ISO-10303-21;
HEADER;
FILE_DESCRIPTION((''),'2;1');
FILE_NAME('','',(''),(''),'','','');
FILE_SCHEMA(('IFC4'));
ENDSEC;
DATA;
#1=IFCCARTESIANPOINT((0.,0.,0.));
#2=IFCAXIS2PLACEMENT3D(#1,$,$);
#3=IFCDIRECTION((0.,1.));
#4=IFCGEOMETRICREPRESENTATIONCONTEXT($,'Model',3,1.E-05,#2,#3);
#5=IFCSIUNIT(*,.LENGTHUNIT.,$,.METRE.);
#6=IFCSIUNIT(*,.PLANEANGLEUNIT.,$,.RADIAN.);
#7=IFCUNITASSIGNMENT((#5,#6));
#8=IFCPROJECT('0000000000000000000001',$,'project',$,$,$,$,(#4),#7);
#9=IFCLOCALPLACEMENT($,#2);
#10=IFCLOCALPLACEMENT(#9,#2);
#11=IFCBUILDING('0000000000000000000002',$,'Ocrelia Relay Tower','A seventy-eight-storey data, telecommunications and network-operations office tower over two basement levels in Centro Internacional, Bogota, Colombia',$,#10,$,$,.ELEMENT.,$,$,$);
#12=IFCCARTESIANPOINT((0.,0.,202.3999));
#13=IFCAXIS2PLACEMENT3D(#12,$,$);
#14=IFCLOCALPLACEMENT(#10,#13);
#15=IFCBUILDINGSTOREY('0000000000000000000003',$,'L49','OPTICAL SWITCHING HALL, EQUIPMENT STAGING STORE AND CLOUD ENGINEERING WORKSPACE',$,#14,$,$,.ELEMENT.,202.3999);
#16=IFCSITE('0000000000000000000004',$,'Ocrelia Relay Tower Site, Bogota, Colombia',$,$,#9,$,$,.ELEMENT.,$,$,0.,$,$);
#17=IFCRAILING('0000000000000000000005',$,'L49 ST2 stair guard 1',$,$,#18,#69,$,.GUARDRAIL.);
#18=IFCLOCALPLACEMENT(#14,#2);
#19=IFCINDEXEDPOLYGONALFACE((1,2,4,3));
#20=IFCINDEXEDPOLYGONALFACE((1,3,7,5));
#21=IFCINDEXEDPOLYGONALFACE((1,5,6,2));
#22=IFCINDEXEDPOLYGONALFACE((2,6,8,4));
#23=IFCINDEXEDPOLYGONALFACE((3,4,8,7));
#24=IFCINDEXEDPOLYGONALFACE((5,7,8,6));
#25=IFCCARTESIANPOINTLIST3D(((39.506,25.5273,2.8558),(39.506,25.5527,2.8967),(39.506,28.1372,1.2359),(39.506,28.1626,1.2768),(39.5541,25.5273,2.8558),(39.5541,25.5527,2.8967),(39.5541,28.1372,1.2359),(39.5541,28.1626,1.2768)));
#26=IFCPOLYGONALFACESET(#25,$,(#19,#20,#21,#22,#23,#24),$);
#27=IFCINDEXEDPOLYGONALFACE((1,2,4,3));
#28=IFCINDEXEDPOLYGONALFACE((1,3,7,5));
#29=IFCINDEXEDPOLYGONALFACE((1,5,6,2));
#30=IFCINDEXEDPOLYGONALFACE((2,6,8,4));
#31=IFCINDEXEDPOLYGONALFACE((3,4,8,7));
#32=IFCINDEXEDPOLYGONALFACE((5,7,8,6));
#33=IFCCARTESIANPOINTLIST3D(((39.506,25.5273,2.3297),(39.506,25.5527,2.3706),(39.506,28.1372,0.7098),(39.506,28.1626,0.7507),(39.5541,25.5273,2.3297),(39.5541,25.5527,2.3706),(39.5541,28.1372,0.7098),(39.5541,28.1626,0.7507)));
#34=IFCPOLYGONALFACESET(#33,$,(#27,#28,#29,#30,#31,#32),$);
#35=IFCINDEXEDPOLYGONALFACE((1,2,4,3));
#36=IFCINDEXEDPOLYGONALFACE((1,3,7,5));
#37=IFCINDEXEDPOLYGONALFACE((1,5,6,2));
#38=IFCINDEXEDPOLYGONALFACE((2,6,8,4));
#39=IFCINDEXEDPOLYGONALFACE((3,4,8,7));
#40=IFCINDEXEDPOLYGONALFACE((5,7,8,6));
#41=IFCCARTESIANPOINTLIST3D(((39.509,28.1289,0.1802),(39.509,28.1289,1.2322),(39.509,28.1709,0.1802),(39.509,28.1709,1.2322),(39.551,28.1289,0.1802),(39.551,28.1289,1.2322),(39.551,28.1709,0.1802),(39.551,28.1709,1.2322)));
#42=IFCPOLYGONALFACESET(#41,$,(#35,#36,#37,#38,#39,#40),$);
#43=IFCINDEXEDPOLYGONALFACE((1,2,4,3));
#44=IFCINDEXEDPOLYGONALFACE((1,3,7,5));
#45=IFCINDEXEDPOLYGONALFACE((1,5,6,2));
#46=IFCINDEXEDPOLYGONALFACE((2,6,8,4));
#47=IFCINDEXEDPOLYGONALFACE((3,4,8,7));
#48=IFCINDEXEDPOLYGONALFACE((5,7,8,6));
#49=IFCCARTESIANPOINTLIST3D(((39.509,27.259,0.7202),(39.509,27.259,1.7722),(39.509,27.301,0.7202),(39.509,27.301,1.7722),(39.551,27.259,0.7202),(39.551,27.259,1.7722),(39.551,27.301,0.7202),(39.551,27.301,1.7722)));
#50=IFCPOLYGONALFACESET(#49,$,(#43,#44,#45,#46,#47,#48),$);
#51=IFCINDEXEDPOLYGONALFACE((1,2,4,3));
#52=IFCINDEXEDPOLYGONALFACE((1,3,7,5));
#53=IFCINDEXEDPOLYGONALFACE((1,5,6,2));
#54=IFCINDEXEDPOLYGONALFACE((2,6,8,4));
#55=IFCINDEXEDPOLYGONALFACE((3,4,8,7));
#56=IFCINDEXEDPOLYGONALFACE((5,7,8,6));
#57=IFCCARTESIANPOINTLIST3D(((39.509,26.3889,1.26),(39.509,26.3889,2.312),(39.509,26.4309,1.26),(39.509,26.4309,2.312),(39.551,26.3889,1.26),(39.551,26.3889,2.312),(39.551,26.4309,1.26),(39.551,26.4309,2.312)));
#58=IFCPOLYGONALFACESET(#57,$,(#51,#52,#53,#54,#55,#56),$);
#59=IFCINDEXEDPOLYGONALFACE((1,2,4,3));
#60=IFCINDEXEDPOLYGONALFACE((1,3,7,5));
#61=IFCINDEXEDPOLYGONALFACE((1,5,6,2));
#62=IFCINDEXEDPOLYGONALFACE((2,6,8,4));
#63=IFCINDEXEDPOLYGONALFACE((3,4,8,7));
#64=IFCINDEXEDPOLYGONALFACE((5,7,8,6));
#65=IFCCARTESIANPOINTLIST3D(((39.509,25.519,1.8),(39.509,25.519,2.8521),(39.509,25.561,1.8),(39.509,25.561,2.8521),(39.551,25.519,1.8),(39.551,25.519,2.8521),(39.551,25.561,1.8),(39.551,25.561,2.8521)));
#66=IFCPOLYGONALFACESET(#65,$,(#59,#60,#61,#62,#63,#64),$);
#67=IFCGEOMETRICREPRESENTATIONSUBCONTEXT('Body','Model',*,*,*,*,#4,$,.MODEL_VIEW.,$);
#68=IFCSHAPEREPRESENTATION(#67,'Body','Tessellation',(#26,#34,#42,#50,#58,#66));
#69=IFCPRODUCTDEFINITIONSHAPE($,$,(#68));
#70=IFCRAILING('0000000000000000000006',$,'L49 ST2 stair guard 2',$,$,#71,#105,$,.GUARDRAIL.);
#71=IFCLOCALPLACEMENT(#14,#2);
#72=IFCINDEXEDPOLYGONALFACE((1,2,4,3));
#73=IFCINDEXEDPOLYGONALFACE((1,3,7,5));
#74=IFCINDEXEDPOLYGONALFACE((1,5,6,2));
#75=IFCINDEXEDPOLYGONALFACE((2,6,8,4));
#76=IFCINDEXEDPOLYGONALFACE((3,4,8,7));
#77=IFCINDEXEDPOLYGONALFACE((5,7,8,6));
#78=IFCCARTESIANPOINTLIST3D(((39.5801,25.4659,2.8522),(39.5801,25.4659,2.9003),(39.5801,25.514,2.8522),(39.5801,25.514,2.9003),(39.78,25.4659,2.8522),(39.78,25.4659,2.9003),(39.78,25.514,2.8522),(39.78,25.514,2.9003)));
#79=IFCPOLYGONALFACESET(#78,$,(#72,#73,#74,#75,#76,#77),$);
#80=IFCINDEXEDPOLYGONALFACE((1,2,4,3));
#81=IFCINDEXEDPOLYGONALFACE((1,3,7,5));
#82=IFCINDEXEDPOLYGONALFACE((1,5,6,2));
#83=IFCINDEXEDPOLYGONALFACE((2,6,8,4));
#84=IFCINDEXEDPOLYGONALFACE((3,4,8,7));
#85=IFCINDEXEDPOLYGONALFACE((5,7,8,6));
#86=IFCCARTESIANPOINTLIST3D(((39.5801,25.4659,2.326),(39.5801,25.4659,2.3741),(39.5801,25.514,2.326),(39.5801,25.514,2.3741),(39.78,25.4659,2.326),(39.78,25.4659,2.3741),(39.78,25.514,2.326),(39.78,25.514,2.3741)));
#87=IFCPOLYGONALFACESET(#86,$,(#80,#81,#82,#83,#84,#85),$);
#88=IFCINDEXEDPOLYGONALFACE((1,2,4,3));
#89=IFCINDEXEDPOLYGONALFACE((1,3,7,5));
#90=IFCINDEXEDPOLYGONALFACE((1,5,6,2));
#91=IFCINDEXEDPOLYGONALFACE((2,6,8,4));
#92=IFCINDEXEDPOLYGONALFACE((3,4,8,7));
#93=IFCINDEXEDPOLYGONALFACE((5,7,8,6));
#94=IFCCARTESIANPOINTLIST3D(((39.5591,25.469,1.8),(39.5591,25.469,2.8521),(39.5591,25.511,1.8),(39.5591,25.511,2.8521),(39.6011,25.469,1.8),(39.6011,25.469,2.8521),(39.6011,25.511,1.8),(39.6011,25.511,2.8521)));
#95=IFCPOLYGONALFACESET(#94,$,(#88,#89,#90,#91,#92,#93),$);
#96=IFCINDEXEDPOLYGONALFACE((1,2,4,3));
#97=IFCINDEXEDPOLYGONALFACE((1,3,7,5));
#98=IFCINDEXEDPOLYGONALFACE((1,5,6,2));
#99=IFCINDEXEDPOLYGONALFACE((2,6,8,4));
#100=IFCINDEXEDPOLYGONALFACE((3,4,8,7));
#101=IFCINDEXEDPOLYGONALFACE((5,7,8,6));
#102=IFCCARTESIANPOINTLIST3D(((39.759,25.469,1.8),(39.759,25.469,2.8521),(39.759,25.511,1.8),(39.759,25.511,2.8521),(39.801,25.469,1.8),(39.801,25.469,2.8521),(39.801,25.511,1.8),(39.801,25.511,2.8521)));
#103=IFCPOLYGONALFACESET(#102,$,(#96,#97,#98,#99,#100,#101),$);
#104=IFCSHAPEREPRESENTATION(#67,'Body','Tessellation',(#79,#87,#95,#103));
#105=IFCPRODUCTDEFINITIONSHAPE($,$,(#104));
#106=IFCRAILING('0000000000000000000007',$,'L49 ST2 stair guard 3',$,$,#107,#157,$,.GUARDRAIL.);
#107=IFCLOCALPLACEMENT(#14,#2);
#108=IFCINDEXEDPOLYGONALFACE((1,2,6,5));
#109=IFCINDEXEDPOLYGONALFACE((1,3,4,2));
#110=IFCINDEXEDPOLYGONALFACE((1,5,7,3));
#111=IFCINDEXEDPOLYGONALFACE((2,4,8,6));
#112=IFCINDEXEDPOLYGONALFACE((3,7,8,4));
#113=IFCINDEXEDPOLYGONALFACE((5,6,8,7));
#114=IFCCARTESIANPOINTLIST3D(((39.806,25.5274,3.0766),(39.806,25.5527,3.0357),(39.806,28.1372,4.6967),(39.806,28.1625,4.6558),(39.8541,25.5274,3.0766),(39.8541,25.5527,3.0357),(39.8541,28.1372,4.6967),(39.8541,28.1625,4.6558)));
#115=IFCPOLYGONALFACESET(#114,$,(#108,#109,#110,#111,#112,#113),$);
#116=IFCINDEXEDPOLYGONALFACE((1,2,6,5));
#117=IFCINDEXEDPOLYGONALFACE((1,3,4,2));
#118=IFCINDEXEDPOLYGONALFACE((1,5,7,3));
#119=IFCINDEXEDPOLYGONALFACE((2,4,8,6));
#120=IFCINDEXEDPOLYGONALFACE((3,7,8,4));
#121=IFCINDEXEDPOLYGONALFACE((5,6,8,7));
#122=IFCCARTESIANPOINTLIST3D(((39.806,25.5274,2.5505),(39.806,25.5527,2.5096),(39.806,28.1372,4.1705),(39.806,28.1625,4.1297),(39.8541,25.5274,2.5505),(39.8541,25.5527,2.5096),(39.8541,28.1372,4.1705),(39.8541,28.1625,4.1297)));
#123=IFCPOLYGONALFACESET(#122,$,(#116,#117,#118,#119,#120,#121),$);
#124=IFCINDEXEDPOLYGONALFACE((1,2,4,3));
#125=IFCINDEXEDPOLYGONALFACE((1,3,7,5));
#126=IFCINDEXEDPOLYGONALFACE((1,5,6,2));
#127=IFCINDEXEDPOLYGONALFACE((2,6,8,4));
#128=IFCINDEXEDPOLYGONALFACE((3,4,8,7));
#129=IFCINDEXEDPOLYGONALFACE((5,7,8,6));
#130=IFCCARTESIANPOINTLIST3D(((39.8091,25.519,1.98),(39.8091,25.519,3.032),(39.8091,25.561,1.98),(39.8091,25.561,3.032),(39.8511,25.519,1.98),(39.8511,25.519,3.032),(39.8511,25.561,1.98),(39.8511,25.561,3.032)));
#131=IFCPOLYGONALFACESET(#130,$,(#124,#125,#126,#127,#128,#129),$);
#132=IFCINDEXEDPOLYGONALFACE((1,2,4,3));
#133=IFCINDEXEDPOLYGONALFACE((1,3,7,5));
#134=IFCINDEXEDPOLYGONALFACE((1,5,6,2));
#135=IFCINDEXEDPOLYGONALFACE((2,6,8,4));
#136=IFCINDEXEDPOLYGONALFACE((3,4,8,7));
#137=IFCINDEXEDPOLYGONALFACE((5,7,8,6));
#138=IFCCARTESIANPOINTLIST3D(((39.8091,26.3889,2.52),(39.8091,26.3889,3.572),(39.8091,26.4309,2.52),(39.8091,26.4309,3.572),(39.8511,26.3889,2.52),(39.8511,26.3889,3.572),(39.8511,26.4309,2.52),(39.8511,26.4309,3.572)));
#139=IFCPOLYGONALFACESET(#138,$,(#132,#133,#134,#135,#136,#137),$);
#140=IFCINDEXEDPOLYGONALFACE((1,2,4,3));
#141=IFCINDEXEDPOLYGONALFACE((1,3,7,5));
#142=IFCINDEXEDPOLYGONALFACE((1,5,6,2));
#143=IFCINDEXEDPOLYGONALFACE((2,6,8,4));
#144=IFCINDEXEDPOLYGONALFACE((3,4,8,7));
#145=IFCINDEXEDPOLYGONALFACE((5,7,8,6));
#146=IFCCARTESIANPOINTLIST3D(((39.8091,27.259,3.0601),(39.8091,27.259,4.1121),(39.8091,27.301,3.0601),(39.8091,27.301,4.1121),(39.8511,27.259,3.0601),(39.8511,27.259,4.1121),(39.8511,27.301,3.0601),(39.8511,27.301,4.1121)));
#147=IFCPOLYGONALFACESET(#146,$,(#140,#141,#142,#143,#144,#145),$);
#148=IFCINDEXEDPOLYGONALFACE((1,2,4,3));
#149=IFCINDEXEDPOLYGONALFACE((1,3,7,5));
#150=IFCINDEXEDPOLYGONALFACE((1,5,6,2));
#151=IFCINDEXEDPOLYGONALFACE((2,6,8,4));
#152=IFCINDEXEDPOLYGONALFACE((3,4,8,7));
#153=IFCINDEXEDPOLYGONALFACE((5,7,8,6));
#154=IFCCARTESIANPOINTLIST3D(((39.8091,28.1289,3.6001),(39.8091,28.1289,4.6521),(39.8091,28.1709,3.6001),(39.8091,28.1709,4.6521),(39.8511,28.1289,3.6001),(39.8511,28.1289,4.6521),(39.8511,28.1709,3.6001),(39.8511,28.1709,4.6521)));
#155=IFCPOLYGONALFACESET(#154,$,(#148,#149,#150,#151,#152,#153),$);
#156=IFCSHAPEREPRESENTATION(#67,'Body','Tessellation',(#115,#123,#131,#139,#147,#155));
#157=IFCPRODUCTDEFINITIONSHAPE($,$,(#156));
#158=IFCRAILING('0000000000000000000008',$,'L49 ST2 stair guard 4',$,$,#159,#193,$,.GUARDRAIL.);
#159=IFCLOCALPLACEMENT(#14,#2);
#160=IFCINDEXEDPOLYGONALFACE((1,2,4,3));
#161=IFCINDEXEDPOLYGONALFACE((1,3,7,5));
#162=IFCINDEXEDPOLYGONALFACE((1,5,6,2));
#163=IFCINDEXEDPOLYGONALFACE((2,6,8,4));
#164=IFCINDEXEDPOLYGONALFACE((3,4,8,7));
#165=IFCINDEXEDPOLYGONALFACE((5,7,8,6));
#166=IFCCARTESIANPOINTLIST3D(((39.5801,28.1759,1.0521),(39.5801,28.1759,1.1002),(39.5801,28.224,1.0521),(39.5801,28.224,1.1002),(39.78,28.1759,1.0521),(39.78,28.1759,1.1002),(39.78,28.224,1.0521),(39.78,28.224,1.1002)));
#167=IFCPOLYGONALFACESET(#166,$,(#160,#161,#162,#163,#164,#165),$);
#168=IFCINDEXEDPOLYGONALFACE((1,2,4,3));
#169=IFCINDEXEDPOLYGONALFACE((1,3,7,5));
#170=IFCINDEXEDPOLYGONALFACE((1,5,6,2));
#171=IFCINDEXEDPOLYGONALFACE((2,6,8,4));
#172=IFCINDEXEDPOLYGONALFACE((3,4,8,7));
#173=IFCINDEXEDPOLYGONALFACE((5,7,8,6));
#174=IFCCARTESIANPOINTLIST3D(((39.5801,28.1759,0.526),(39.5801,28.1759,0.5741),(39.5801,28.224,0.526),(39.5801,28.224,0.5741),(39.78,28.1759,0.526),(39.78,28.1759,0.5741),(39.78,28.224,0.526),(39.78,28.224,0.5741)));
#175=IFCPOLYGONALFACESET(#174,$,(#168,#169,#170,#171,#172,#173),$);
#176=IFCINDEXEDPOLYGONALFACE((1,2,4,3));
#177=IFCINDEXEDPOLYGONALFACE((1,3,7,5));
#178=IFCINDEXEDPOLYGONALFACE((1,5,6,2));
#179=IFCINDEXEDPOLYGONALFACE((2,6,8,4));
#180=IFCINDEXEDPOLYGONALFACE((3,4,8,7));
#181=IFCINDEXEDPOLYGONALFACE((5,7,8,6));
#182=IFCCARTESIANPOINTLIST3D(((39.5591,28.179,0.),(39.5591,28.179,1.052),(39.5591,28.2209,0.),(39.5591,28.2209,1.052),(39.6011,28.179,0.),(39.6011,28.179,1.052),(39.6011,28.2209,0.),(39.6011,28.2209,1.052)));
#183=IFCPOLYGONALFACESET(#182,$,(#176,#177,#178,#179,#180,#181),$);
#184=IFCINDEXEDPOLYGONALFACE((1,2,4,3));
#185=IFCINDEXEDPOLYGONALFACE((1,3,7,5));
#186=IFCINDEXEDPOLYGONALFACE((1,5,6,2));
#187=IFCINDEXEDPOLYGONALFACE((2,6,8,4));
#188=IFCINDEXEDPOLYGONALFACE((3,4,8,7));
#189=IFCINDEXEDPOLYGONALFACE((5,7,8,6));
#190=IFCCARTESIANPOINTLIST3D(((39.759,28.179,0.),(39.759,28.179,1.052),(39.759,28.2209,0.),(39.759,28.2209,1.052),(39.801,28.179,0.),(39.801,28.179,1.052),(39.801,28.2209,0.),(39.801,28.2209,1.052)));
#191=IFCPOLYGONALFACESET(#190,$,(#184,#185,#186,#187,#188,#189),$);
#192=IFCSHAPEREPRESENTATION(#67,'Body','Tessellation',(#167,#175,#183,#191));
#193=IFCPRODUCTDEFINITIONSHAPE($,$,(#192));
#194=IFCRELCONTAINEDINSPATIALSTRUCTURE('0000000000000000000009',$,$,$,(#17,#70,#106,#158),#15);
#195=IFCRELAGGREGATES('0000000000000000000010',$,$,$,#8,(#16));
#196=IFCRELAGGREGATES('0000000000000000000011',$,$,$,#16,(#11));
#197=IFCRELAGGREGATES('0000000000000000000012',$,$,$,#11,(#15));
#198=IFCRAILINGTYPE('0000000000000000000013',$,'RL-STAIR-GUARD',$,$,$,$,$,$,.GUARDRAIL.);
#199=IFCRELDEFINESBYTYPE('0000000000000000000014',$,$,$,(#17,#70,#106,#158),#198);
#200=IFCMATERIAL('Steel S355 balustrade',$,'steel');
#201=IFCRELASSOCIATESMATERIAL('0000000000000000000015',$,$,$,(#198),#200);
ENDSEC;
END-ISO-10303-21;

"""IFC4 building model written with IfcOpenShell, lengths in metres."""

from ifc_helpers import new_model, si_unit, direction, frame, origin, origin_2d, place, context, subcontext, project, spatial, rectangle, extrude, material, type_object, element, save


model = new_model("IFC4")

# Units and contexts
model_context = context("Model", 3, precision=1e-05, world=origin(), true_north=direction((0.0, 1.0)))
body_context = subcontext(model_context, "Body", "Model", "MODEL_VIEW")
ifc_project = project(units=[si_unit("LENGTHUNIT", "METRE"), si_unit("PLANEANGLEUNIT", "RADIAN")], contexts=[model_context])

# Site, building, storey
site_placement = place(None, origin())
site = spatial("IfcSite", under=ifc_project, at=site_placement, Name="Ocrelia Relay Tower Site, Bogota, Colombia", CompositionType="ELEMENT", RefElevation=0.0)
building_placement = place(site_placement, origin())
building = spatial("IfcBuilding", under=site, at=building_placement, Name="Ocrelia Relay Tower", Description="A seventy-eight-storey data, telecommunications and network-operations office tower over two basement levels in Centro Internacional, Bogota, Colombia", CompositionType="ELEMENT")
storey_placement = place(building_placement, frame((0.0, 0.0, 202.3999)))
storey = spatial("IfcBuildingStorey", under=building, at=storey_placement, Name="L49", Description="OPTICAL SWITCHING HALL, EQUIPMENT STAGING STORE AND CLOUD ENGINEERING WORKSPACE", CompositionType="ELEMENT", Elevation=202.3999)

# Railings
ifc_material_1 = material(Name="Steel S355 balustrade", Category="steel")
railing_type_1 = type_object("IfcRailingType", Name="RL-STAIR-GUARD", PredefinedType="GUARDRAIL", material=ifc_material_1)
railing_1_placement = place(storey_placement, frame((39.53, 28.1499, 0.1802)))
element("IfcRailing", 1, at=railing_1_placement, inside=storey, type_object=railing_type_1, Name="L49 ST2 stair guard 1", PredefinedType="GUARDRAIL", context=body_context, shape_type="SweptSolid", body=[
    extrude(rectangle(XDim=0.0481, YDim=0.0481, at=origin_2d()), frame((0.0, 0.0, 1.0762), z_axis=(0.0, -0.849646, 0.527353), x_axis=(1.0, 0.0, 0.0)), (0.0, 0.0, 1.0), 3.0718),
    extrude(rectangle(XDim=0.0481, YDim=0.0481, at=origin_2d()), frame((0.0, 0.0, 0.55), z_axis=(0.0, -0.849646, 0.527353), x_axis=(1.0, 0.0, 0.0)), (0.0, 0.0, 1.0), 3.0718),
    extrude(rectangle(XDim=0.042, YDim=0.042, at=origin_2d()), origin(), (0.0, 0.0, 1.0), 1.052),
    extrude(rectangle(XDim=0.042, YDim=0.042, at=origin_2d()), frame((0.0, -0.8699, 0.54)), (0.0, 0.0, 1.0), 1.052),
    extrude(rectangle(XDim=0.042, YDim=0.042, at=origin_2d()), frame((0.0, -1.74, 1.0798)), (0.0, 0.0, 1.0), 1.052),
    extrude(rectangle(XDim=0.042, YDim=0.042, at=origin_2d()), frame((0.0, -2.6099, 1.6199)), (0.0, 0.0, 1.0), 1.052),
])
railing_2_placement = place(storey_placement, frame((39.5801, 25.49, 1.8)))
element("IfcRailing", 2, at=railing_2_placement, inside=storey, type_object=railing_type_1, Name="L49 ST2 stair guard 2", PredefinedType="GUARDRAIL", context=body_context, shape_type="SweptSolid", body=[
    extrude(rectangle(XDim=0.0481, YDim=0.0481, at=origin_2d()), frame((0.0, 0.0, 1.0762), z_axis=(1.0, 0.0, 0.0), x_axis=(0.0, 1.0, 0.0)), (0.0, 0.0, 1.0), 0.2),
    extrude(rectangle(XDim=0.0481, YDim=0.0481, at=origin_2d()), frame((0.0, 0.0, 0.55), z_axis=(1.0, 0.0, 0.0), x_axis=(0.0, 1.0, 0.0)), (0.0, 0.0, 1.0), 0.2),
    extrude(rectangle(XDim=0.042, YDim=0.042, at=origin_2d()), origin(), (0.0, 0.0, 1.0), 1.052),
    extrude(rectangle(XDim=0.042, YDim=0.042, at=origin_2d()), frame((0.2, 0.0, 0.0)), (0.0, 0.0, 1.0), 1.052),
])
railing_3_placement = place(storey_placement, frame((39.8301, 25.54, 1.98)))
element("IfcRailing", 3, at=railing_3_placement, inside=storey, type_object=railing_type_1, Name="L49 ST2 stair guard 3", PredefinedType="GUARDRAIL", context=body_context, shape_type="SweptSolid", body=[
    extrude(rectangle(XDim=0.0481, YDim=0.0481, at=origin_2d()), frame((0.0, 0.0, 1.0762), z_axis=(0.0, 0.849611, 0.52741), x_axis=(-1.0, 0.0, 0.0)), (0.0, 0.0, 1.0), 3.0718),
    extrude(rectangle(XDim=0.0481, YDim=0.0481, at=origin_2d()), frame((0.0, 0.0, 0.55), z_axis=(0.0, 0.849611, 0.52741), x_axis=(-1.0, 0.0, 0.0)), (0.0, 0.0, 1.0), 3.0718),
    extrude(rectangle(XDim=0.042, YDim=0.042, at=origin_2d()), origin(), (0.0, 0.0, 1.0), 1.052),
    extrude(rectangle(XDim=0.042, YDim=0.042, at=origin_2d()), frame((0.0, 0.8699, 0.54)), (0.0, 0.0, 1.0), 1.052),
    extrude(rectangle(XDim=0.042, YDim=0.042, at=origin_2d()), frame((0.0, 1.74, 1.0801)), (0.0, 0.0, 1.0), 1.052),
    extrude(rectangle(XDim=0.042, YDim=0.042, at=origin_2d()), frame((0.0, 2.6099, 1.6201)), (0.0, 0.0, 1.0), 1.052),
])
railing_4_placement = place(storey_placement, frame((39.5801, 28.2, 0.0)))
element("IfcRailing", 4, at=railing_4_placement, inside=storey, type_object=railing_type_1, Name="L49 ST2 stair guard 4", PredefinedType="GUARDRAIL", context=body_context, shape_type="SweptSolid", body=[
    extrude(rectangle(XDim=0.0481, YDim=0.0481, at=origin_2d()), frame((0.0, 0.0, 1.0762), z_axis=(1.0, 0.0, 0.0), x_axis=(0.0, 1.0, 0.0)), (0.0, 0.0, 1.0), 0.2),
    extrude(rectangle(XDim=0.0481, YDim=0.0481, at=origin_2d()), frame((0.0, 0.0, 0.55), z_axis=(1.0, 0.0, 0.0), x_axis=(0.0, 1.0, 0.0)), (0.0, 0.0, 1.0), 0.2),
    extrude(rectangle(XDim=0.042, YDim=0.042, at=origin_2d()), origin(), (0.0, 0.0, 1.0), 1.052),
    extrude(rectangle(XDim=0.042, YDim=0.042, at=origin_2d()), frame((0.2, 0.0, 0.0)), (0.0, 0.0, 1.0), 1.052),
])

save(model, "model.ifc")
